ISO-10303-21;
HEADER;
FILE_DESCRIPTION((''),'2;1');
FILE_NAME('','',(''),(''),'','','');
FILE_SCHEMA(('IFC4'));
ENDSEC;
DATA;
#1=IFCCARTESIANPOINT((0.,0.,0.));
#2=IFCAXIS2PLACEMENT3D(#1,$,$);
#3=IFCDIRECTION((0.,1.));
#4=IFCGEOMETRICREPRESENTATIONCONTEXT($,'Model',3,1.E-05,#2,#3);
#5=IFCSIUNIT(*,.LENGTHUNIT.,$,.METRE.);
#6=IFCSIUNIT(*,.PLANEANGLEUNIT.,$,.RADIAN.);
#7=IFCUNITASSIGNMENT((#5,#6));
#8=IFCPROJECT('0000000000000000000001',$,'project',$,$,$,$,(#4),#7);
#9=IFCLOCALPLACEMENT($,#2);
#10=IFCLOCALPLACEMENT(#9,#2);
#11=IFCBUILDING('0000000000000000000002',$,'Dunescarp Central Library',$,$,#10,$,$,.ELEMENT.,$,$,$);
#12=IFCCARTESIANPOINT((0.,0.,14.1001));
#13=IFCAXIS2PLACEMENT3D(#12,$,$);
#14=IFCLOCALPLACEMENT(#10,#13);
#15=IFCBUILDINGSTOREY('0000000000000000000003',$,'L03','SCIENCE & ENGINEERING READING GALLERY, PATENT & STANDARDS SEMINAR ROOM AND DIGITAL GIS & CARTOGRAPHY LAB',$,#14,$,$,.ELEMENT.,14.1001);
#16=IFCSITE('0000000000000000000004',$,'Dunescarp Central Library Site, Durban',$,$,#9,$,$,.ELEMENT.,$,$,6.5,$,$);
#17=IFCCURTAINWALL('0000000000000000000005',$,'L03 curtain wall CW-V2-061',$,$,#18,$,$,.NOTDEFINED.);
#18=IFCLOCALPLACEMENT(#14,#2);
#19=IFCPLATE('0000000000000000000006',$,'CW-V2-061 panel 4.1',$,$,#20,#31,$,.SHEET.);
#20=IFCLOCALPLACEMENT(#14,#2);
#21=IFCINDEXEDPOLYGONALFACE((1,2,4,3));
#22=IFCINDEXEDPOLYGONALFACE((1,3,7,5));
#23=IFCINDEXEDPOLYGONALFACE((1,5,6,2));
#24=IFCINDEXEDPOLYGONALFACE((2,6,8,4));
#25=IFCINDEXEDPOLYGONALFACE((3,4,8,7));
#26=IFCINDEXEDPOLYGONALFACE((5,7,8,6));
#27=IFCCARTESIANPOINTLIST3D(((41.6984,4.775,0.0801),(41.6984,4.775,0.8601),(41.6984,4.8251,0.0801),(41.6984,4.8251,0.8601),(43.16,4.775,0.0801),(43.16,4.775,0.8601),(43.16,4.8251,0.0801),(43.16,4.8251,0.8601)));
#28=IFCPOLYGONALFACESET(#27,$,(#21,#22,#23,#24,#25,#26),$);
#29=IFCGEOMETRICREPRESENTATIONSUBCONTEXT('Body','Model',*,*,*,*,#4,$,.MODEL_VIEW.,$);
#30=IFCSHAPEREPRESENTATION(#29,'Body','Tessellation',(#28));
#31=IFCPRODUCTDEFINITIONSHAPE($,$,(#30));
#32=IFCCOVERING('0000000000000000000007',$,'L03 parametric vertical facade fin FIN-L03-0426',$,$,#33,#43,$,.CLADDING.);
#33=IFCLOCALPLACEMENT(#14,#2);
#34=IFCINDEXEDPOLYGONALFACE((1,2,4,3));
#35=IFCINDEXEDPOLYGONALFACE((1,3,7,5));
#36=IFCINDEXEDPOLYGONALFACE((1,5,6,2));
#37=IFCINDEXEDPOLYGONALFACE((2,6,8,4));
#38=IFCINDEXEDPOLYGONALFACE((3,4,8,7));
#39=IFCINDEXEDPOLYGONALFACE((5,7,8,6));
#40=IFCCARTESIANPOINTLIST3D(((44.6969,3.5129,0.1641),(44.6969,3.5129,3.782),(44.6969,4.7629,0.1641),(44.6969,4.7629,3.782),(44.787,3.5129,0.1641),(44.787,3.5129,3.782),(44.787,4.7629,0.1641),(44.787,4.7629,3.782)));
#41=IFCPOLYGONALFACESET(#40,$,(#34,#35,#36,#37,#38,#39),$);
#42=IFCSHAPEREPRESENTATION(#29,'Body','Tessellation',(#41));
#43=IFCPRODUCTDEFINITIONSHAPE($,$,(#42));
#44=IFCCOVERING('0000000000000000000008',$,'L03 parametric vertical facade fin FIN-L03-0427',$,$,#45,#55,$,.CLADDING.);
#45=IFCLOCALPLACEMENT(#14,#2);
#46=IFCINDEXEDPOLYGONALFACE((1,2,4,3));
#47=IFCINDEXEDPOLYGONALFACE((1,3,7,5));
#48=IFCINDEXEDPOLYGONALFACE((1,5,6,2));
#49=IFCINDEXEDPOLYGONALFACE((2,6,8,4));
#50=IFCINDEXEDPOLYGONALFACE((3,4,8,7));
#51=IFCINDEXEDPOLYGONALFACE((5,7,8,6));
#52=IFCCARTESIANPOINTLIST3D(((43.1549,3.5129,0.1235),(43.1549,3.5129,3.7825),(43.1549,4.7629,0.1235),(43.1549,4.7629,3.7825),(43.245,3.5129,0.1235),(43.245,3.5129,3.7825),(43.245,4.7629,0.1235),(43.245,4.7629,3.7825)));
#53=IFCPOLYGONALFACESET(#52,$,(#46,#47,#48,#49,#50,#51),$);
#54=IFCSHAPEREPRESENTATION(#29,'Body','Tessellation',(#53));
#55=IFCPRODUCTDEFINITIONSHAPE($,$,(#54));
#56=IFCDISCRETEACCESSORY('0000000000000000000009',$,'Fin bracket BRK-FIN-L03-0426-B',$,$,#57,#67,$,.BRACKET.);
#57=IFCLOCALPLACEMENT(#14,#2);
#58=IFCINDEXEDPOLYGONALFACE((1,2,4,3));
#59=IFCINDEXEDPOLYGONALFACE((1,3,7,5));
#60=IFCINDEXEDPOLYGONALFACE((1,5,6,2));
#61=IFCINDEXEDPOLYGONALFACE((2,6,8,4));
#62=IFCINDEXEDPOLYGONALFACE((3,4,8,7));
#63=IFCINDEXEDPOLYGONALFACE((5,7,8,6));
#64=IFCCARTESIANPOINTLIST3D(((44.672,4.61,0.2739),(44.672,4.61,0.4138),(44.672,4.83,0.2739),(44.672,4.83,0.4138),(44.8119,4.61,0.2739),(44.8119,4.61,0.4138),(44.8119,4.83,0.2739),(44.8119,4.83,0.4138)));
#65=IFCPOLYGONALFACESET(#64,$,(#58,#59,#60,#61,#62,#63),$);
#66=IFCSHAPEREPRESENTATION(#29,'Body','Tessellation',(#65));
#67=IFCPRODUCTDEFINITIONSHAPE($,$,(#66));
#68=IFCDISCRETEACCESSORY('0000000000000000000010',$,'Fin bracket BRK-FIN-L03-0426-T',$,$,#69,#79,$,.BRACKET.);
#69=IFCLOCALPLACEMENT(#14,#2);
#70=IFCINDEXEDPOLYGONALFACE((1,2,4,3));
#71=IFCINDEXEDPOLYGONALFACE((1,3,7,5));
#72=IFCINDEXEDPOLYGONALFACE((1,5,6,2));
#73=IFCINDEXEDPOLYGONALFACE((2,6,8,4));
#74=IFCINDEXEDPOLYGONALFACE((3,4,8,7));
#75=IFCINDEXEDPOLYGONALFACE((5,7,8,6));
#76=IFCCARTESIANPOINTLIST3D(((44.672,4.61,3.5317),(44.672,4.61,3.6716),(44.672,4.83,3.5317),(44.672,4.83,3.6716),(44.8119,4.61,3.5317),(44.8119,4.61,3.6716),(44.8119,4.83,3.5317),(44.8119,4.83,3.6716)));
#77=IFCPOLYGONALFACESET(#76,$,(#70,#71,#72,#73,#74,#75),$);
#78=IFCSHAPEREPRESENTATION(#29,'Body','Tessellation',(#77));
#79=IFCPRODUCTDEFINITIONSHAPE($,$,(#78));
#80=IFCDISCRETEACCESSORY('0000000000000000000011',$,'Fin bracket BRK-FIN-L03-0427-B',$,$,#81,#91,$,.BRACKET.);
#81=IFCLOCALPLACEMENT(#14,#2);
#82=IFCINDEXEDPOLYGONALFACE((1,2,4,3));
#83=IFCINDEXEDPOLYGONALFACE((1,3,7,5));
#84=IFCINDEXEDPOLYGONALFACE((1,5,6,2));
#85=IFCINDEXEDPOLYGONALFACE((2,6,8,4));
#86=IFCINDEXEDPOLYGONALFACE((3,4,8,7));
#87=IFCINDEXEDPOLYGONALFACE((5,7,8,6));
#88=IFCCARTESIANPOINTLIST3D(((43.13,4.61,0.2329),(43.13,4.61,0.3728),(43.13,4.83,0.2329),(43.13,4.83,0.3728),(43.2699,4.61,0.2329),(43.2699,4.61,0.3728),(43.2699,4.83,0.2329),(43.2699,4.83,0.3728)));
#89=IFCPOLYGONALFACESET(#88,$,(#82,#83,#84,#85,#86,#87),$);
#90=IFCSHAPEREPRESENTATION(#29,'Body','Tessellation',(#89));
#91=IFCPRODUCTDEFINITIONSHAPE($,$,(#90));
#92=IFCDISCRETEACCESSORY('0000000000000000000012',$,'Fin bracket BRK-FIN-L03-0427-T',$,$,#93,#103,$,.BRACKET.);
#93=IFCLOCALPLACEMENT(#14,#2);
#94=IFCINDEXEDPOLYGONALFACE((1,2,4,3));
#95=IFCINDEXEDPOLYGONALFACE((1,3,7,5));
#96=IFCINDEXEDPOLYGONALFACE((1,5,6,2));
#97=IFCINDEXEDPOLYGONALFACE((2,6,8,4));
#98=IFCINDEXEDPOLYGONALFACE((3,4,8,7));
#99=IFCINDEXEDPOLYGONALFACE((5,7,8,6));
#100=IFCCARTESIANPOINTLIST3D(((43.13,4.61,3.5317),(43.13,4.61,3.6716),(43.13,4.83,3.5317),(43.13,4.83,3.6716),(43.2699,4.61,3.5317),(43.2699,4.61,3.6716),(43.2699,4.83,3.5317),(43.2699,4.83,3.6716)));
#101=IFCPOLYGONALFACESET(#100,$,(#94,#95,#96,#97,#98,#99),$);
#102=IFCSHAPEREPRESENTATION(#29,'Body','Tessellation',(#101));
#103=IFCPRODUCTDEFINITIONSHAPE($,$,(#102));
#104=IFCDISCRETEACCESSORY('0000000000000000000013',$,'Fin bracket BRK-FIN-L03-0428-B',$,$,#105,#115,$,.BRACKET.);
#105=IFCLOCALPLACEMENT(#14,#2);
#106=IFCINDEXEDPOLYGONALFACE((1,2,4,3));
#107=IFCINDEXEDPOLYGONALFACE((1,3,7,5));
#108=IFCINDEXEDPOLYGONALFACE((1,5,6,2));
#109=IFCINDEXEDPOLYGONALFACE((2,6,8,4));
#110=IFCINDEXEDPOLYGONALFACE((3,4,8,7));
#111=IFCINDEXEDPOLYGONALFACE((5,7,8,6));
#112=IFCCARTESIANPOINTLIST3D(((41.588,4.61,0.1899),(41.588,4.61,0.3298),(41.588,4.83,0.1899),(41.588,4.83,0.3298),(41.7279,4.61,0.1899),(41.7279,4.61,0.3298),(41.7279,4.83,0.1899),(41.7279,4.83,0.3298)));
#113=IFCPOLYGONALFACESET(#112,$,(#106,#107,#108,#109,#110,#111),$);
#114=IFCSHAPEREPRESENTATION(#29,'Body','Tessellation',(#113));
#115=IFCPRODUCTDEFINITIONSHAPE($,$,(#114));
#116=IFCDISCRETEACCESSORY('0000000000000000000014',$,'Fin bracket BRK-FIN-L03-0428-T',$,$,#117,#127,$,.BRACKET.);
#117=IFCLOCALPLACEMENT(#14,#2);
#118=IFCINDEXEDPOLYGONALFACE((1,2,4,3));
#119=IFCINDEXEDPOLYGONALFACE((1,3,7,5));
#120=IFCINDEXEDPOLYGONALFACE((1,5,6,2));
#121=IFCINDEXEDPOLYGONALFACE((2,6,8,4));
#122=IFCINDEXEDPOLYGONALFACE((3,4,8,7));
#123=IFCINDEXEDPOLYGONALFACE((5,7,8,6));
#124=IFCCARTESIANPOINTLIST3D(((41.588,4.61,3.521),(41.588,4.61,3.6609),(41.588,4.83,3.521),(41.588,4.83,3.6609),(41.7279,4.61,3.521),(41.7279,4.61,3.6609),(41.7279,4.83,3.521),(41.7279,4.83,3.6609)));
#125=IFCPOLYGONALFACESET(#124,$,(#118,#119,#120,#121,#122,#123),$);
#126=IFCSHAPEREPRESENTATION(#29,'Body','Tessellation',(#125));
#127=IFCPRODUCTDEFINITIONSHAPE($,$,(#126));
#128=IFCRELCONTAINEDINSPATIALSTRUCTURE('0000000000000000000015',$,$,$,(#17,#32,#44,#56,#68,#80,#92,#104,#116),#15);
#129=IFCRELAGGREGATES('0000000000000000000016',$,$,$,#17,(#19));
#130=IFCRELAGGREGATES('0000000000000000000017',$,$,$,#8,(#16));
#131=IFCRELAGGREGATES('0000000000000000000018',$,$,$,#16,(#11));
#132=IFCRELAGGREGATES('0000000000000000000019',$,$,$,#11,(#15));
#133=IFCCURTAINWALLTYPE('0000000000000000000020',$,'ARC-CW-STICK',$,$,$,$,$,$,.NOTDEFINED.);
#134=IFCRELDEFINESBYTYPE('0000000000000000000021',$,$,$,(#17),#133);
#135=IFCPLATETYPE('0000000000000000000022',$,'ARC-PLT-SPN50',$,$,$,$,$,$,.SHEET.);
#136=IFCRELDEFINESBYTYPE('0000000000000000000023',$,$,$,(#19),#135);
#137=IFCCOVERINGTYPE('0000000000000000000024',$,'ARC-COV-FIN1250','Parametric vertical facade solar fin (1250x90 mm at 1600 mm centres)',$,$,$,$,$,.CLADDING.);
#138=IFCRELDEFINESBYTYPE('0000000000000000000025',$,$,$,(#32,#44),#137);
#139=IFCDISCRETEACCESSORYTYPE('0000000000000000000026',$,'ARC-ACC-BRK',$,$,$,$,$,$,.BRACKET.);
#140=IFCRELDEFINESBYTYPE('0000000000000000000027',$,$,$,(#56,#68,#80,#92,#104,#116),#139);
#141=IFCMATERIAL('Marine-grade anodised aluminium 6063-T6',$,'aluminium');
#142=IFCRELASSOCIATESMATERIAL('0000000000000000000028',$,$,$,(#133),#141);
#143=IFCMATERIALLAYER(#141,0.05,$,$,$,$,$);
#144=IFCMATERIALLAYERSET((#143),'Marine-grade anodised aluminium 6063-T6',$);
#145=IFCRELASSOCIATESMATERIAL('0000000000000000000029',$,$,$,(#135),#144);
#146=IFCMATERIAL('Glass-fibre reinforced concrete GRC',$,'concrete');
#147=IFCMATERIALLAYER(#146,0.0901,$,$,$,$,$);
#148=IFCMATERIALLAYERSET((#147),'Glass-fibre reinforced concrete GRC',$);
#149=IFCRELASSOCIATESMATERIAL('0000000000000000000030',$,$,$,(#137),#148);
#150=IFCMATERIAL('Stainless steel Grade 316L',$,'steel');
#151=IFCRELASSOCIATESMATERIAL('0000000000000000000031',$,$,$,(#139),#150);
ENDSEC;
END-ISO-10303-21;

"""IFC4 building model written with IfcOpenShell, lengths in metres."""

from ifc_helpers import new_model, si_unit, direction, frame, origin, origin_2d, place, context, subcontext, project, spatial, rectangle, extrude, material, layer, layer_set, type_object, element, aggregate, save


model = new_model("IFC4")

# Units and contexts
model_context = context("Model", 3, precision=1e-05, world=origin(), true_north=direction((0.0, 1.0)))
body_context = subcontext(model_context, "Body", "Model", "MODEL_VIEW")
ifc_project = project(units=[si_unit("LENGTHUNIT", "METRE"), si_unit("PLANEANGLEUNIT", "RADIAN")], contexts=[model_context])

# Site, building, storey
site_placement = place(None, origin())
site = spatial("IfcSite", under=ifc_project, at=site_placement, Name="Dunescarp Central Library Site, Durban", CompositionType="ELEMENT", RefElevation=6.5)
building_placement = place(site_placement, origin())
building = spatial("IfcBuilding", under=site, at=building_placement, Name="Dunescarp Central Library", CompositionType="ELEMENT")
storey_placement = place(building_placement, frame((0.0, 0.0, 14.1001)))
storey = spatial("IfcBuildingStorey", under=building, at=storey_placement, Name="L03", Description="SCIENCE & ENGINEERING READING GALLERY, PATENT & STANDARDS SEMINAR ROOM AND DIGITAL GIS & CARTOGRAPHY LAB", CompositionType="ELEMENT", Elevation=14.1001)

# Curtain wall
ifc_material_1 = material(Name="Marine-grade anodised aluminium 6063-T6", Category="aluminium")
curtain_wall_type = type_object("IfcCurtainWallType", Name="ARC-CW-STICK", PredefinedType="NOTDEFINED", material=ifc_material_1)
curtain_wall_placement = place(storey_placement, origin())
curtain_wall = element("IfcCurtainWall", 1, at=curtain_wall_placement, inside=storey, type_object=curtain_wall_type, Name="L03 curtain wall CW-V2-061", PredefinedType="NOTDEFINED")

# Plate
ifc_layer_1 = layer(ifc_material_1, 0.05)
ifc_layer_set_1 = layer_set([ifc_layer_1], Name="Marine-grade anodised aluminium 6063-T6")
plate_type_1 = type_object("IfcPlateType", Name="ARC-PLT-SPN50", PredefinedType="SHEET", material=ifc_layer_set_1)
plate_1_placement = place(storey_placement, frame((42.4292, 4.8, 0.0801), z_axis=(0.0, 0.0, 1.0), x_axis=(-1.0, 0.0, 0.0)))
plate_1 = element("IfcPlate", 2, at=plate_1_placement, type_object=plate_type_1, Name="CW-V2-061 panel 4.1", PredefinedType="SHEET", context=body_context, shape_type="SweptSolid", body=[
    extrude(rectangle(XDim=1.4617, YDim=0.05, at=origin_2d()), origin(), (0.0, 0.0, 1.0), 0.78),
])
aggregate(curtain_wall, [plate_1])

# Coverings
ifc_material_2 = material(Name="Glass-fibre reinforced concrete GRC", Category="concrete")
ifc_layer_2 = layer(ifc_material_2, 0.0901)
ifc_layer_set_2 = layer_set([ifc_layer_2], Name="Glass-fibre reinforced concrete GRC")
covering_type = type_object("IfcCoveringType", Name="ARC-COV-FIN1250", Description="Parametric vertical facade solar fin (1250x90 mm at 1600 mm centres)", PredefinedType="CLADDING", material=ifc_layer_set_2)
covering_1_placement = place(storey_placement, frame((44.7419, 4.1379, 0.1641), z_axis=(0.0, 0.0, 1.0), x_axis=(0.0, -1.0, 0.0)))
element("IfcCovering", 3, at=covering_1_placement, inside=storey, type_object=covering_type, Name="L03 parametric vertical facade fin FIN-L03-0426", PredefinedType="CLADDING", context=body_context, shape_type="SweptSolid", body=[
    extrude(rectangle(XDim=1.25, YDim=0.0901, at=origin_2d()), origin(), (0.0, 0.0, 1.0), 3.6179),
])
covering_2_placement = place(storey_placement, frame((43.2, 4.1379, 0.1235), z_axis=(0.0, 0.0, 1.0), x_axis=(0.0, -1.0, 0.0)))
element("IfcCovering", 4, at=covering_2_placement, inside=storey, type_object=covering_type, Name="L03 parametric vertical facade fin FIN-L03-0427", PredefinedType="CLADDING", context=body_context, shape_type="SweptSolid", body=[
    extrude(rectangle(XDim=1.25, YDim=0.0901, at=origin_2d()), origin(), (0.0, 0.0, 1.0), 3.6589),
])

# Discrete accessories
ifc_material_3 = material(Name="Stainless steel Grade 316L", Category="steel")
discrete_accessory_type = type_object("IfcDiscreteAccessoryType", Name="ARC-ACC-BRK", PredefinedType="BRACKET", material=ifc_material_3)
for number, where, z_axis, x_axis, name in (
    (5, (44.7419, 4.72, 0.2739), (0.0, 0.0, 1.0), (0.0, -1.0, 0.0), "Fin bracket BRK-FIN-L03-0426-B"),
    (6, (44.7419, 4.72, 3.5317), (0.0, 0.0, 1.0), (0.0, -1.0, 0.0), "Fin bracket BRK-FIN-L03-0426-T"),
    (7, (43.2, 4.72, 0.2329), (0.0, 0.0, 1.0), (0.0, -1.0, 0.0), "Fin bracket BRK-FIN-L03-0427-B"),
    (8, (43.2, 4.72, 3.5317), (0.0, 0.0, 1.0), (0.0, -1.0, 0.0), "Fin bracket BRK-FIN-L03-0427-T"),
    (9, (41.658, 4.72, 0.1899), (0.0, 0.0, 1.0), (0.0, -1.0, 0.0), "Fin bracket BRK-FIN-L03-0428-B"),
    (10, (41.658, 4.72, 3.521), (0.0, 0.0, 1.0), (0.0, -1.0, 0.0), "Fin bracket BRK-FIN-L03-0428-T"),
):
    element("IfcDiscreteAccessory", number, at=place(storey_placement, frame(where, z_axis=z_axis, x_axis=x_axis)), inside=storey, type_object=discrete_accessory_type, Name=name, PredefinedType="BRACKET", context=body_context, shape_type="SweptSolid", body=[
        extrude(rectangle(XDim=0.22, YDim=0.1399, at=origin_2d()), origin(), (0.0, 0.0, 1.0), 0.1399),
    ])

save(model, "model.ifc")
